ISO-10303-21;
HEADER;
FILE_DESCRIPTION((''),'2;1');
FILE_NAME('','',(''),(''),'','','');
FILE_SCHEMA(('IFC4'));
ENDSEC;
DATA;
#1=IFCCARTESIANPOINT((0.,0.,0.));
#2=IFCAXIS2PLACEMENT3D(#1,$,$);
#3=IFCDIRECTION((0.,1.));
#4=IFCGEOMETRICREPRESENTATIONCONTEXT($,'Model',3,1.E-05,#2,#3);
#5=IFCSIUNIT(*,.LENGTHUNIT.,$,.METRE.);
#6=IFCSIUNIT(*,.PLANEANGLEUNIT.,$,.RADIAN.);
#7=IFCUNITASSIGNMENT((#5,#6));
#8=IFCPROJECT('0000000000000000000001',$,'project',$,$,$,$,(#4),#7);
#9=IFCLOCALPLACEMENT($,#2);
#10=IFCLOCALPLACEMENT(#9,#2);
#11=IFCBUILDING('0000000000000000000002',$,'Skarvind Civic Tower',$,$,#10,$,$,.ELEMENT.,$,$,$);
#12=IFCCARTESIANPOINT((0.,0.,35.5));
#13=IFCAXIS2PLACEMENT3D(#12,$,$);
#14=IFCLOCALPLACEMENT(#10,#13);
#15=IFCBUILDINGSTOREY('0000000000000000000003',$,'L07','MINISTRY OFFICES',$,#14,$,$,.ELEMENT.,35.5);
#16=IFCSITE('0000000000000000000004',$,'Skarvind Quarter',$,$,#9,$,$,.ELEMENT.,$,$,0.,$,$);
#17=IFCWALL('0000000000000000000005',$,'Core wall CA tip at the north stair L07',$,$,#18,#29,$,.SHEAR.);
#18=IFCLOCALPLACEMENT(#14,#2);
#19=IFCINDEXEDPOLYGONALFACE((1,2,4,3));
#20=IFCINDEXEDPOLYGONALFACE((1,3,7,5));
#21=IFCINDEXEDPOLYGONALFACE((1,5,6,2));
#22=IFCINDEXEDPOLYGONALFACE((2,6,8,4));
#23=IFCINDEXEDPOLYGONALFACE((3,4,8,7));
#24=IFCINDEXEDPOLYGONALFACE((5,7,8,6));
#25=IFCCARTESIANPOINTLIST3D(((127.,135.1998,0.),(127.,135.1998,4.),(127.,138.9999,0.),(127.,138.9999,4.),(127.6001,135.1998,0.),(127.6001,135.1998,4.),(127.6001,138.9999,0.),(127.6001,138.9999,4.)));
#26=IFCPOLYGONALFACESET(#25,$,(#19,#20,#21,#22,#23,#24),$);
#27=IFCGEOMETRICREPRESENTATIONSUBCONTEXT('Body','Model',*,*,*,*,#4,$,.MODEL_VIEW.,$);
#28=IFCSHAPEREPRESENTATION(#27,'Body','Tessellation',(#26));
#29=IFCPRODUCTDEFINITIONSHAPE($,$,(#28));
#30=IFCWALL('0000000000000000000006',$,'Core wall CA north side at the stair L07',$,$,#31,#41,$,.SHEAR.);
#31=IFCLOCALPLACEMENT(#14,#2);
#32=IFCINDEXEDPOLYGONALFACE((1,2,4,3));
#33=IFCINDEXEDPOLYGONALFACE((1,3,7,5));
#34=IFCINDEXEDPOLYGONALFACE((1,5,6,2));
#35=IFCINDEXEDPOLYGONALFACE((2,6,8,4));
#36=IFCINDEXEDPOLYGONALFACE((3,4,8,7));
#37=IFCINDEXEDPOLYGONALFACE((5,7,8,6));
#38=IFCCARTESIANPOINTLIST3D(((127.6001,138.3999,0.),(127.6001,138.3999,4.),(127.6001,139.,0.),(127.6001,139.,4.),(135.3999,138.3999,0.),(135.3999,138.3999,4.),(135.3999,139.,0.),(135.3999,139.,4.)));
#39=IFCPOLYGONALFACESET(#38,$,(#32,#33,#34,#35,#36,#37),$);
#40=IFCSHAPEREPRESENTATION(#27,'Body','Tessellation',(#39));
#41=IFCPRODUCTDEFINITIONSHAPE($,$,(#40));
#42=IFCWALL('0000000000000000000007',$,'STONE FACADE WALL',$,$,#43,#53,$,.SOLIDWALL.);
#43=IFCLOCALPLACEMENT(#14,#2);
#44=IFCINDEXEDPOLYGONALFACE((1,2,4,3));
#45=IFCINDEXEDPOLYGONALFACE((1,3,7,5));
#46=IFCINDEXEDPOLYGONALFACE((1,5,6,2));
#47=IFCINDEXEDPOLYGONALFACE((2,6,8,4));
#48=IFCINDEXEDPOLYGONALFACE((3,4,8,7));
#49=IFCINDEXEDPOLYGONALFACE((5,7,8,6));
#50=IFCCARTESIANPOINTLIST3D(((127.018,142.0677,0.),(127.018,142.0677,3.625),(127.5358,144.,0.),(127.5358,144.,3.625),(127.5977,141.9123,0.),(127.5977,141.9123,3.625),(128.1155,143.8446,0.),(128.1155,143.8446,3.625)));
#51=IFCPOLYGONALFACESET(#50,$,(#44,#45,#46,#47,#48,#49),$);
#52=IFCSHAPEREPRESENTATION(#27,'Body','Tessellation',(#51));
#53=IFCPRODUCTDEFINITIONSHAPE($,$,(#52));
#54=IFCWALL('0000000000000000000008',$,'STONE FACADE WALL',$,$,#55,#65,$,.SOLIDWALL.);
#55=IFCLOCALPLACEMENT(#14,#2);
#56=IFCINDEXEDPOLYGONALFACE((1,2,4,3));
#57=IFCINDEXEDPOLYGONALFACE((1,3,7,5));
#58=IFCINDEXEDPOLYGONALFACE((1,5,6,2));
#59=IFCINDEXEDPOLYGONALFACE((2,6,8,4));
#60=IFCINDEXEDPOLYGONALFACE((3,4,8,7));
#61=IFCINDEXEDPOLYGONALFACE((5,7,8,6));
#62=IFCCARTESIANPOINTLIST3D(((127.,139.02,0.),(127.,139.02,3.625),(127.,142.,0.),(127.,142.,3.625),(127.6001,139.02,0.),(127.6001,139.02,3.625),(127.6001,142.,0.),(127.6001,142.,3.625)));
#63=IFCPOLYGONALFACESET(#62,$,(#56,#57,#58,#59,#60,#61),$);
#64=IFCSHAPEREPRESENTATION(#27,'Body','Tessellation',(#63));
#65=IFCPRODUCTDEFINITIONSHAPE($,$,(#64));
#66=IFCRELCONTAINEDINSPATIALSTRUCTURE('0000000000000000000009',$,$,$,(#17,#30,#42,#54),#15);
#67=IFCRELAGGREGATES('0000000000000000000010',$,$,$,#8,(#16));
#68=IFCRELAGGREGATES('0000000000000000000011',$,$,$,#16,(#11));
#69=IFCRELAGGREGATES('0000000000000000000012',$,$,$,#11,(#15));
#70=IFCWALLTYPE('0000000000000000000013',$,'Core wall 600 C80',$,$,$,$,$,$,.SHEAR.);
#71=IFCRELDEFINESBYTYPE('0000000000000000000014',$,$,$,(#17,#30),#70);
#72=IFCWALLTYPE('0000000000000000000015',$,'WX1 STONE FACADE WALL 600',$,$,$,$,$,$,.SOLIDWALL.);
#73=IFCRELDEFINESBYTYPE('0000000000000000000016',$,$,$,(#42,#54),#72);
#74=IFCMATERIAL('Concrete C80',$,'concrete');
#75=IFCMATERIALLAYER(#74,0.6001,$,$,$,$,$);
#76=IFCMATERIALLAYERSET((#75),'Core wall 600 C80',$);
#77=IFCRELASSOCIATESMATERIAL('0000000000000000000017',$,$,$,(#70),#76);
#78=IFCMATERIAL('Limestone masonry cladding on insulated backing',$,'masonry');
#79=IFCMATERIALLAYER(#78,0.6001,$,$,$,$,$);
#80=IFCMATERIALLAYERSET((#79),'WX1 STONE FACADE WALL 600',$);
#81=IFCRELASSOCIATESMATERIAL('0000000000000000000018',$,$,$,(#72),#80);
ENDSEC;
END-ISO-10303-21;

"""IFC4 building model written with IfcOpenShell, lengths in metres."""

from ifc_helpers import new_model, si_unit, direction, frame, frame_2d, origin, place, context, subcontext, project, spatial, rectangle, extrude, material, layer, layer_set, type_object, element, save


model = new_model("IFC4")

# Units and contexts
model_context = context("Model", 3, precision=1e-05, world=origin(), true_north=direction((0.0, 1.0)))
body_context = subcontext(model_context, "Body", "Model", "MODEL_VIEW")
ifc_project = project(units=[si_unit("LENGTHUNIT", "METRE"), si_unit("PLANEANGLEUNIT", "RADIAN")], contexts=[model_context])

# Site, building, storey
site_placement = place(None, origin())
site = spatial("IfcSite", under=ifc_project, at=site_placement, Name="Skarvind Quarter", CompositionType="ELEMENT", RefElevation=0.0)
building_placement = place(site_placement, origin())
building = spatial("IfcBuilding", under=site, at=building_placement, Name="Skarvind Civic Tower", CompositionType="ELEMENT")
storey_placement = place(building_placement, frame((0.0, 0.0, 35.5)))
storey = spatial("IfcBuildingStorey", under=building, at=storey_placement, Name="L07", Description="MINISTRY OFFICES", CompositionType="ELEMENT", Elevation=35.5)

# Shared definitions
ifc_material_1 = material(Name="Concrete C80", Category="concrete")

# Walls
ifc_layer_1 = layer(ifc_material_1, 0.6001)
ifc_layer_set_1 = layer_set([ifc_layer_1], Name="Core wall 600 C80")
wall_type_1 = type_object("IfcWallType", Name="Core wall 600 C80", PredefinedType="SHEAR", material=ifc_layer_set_1)
wall_1_placement = place(storey_placement, frame((127.3, 135.2, 0.0), z_axis=(0.0, 0.0, 1.0), x_axis=(0.0, 1.0, 0.0)))
element("IfcWall", 1, at=wall_1_placement, inside=storey, type_object=wall_type_1, Name="Core wall CA tip at the north stair L07", PredefinedType="SHEAR", context=body_context, shape_type="SweptSolid", body=[
    extrude(rectangle(XDim=3.8, YDim=0.6001, at=frame_2d((1.8999, 0.0))), origin(), (0.0, 0.0, 1.0), 4.0),
])
wall_2_placement = place(storey_placement, frame((127.6001, 138.7, 0.0), z_axis=(0.0, 0.0, 1.0), x_axis=(1.0, 0.0, 0.0)))
element("IfcWall", 2, at=wall_2_placement, inside=storey, type_object=wall_type_1, Name="Core wall CA north side at the stair L07", PredefinedType="SHEAR", context=body_context, shape_type="SweptSolid", body=[
    extrude(rectangle(XDim=7.7998, YDim=0.6001, at=frame_2d((3.8999, 0.0))), origin(), (0.0, 0.0, 1.0), 4.0),
])
ifc_material_2 = material(Name="Limestone masonry cladding on insulated backing", Category="masonry")
ifc_layer_2 = layer(ifc_material_2, 0.6001)
ifc_layer_set_2 = layer_set([ifc_layer_2], Name="WX1 STONE FACADE WALL 600")
wall_type_2 = type_object("IfcWallType", Name="WX1 STONE FACADE WALL 600", PredefinedType="SOLIDWALL", material=ifc_layer_set_2)
wall_3_placement = place(storey_placement, frame((127.3079, 141.99, 0.0), z_axis=(0.0, 0.0, 1.0), x_axis=(0.25884, 0.96592, 0.0)))
element("IfcWall", 3, at=wall_3_placement, inside=storey, type_object=wall_type_2, Name="STONE FACADE WALL", PredefinedType="SOLIDWALL", context=body_context, shape_type="SweptSolid", body=[
    extrude(rectangle(XDim=2.0005, YDim=0.6001, at=frame_2d((1.0002, 0.0))), origin(), (0.0, 0.0, 1.0), 3.625),
])
wall_4_placement = place(storey_placement, frame((127.3, 139.02, 0.0), z_axis=(0.0, 0.0, 1.0), x_axis=(0.0, 1.0, 0.0)))
element("IfcWall", 4, at=wall_4_placement, inside=storey, type_object=wall_type_2, Name="STONE FACADE WALL", PredefinedType="SOLIDWALL", context=body_context, shape_type="SweptSolid", body=[
    extrude(rectangle(XDim=2.98, YDim=0.6001, at=frame_2d((1.49, 0.0))), origin(), (0.0, 0.0, 1.0), 3.625),
])

save(model, "model.ifc")
